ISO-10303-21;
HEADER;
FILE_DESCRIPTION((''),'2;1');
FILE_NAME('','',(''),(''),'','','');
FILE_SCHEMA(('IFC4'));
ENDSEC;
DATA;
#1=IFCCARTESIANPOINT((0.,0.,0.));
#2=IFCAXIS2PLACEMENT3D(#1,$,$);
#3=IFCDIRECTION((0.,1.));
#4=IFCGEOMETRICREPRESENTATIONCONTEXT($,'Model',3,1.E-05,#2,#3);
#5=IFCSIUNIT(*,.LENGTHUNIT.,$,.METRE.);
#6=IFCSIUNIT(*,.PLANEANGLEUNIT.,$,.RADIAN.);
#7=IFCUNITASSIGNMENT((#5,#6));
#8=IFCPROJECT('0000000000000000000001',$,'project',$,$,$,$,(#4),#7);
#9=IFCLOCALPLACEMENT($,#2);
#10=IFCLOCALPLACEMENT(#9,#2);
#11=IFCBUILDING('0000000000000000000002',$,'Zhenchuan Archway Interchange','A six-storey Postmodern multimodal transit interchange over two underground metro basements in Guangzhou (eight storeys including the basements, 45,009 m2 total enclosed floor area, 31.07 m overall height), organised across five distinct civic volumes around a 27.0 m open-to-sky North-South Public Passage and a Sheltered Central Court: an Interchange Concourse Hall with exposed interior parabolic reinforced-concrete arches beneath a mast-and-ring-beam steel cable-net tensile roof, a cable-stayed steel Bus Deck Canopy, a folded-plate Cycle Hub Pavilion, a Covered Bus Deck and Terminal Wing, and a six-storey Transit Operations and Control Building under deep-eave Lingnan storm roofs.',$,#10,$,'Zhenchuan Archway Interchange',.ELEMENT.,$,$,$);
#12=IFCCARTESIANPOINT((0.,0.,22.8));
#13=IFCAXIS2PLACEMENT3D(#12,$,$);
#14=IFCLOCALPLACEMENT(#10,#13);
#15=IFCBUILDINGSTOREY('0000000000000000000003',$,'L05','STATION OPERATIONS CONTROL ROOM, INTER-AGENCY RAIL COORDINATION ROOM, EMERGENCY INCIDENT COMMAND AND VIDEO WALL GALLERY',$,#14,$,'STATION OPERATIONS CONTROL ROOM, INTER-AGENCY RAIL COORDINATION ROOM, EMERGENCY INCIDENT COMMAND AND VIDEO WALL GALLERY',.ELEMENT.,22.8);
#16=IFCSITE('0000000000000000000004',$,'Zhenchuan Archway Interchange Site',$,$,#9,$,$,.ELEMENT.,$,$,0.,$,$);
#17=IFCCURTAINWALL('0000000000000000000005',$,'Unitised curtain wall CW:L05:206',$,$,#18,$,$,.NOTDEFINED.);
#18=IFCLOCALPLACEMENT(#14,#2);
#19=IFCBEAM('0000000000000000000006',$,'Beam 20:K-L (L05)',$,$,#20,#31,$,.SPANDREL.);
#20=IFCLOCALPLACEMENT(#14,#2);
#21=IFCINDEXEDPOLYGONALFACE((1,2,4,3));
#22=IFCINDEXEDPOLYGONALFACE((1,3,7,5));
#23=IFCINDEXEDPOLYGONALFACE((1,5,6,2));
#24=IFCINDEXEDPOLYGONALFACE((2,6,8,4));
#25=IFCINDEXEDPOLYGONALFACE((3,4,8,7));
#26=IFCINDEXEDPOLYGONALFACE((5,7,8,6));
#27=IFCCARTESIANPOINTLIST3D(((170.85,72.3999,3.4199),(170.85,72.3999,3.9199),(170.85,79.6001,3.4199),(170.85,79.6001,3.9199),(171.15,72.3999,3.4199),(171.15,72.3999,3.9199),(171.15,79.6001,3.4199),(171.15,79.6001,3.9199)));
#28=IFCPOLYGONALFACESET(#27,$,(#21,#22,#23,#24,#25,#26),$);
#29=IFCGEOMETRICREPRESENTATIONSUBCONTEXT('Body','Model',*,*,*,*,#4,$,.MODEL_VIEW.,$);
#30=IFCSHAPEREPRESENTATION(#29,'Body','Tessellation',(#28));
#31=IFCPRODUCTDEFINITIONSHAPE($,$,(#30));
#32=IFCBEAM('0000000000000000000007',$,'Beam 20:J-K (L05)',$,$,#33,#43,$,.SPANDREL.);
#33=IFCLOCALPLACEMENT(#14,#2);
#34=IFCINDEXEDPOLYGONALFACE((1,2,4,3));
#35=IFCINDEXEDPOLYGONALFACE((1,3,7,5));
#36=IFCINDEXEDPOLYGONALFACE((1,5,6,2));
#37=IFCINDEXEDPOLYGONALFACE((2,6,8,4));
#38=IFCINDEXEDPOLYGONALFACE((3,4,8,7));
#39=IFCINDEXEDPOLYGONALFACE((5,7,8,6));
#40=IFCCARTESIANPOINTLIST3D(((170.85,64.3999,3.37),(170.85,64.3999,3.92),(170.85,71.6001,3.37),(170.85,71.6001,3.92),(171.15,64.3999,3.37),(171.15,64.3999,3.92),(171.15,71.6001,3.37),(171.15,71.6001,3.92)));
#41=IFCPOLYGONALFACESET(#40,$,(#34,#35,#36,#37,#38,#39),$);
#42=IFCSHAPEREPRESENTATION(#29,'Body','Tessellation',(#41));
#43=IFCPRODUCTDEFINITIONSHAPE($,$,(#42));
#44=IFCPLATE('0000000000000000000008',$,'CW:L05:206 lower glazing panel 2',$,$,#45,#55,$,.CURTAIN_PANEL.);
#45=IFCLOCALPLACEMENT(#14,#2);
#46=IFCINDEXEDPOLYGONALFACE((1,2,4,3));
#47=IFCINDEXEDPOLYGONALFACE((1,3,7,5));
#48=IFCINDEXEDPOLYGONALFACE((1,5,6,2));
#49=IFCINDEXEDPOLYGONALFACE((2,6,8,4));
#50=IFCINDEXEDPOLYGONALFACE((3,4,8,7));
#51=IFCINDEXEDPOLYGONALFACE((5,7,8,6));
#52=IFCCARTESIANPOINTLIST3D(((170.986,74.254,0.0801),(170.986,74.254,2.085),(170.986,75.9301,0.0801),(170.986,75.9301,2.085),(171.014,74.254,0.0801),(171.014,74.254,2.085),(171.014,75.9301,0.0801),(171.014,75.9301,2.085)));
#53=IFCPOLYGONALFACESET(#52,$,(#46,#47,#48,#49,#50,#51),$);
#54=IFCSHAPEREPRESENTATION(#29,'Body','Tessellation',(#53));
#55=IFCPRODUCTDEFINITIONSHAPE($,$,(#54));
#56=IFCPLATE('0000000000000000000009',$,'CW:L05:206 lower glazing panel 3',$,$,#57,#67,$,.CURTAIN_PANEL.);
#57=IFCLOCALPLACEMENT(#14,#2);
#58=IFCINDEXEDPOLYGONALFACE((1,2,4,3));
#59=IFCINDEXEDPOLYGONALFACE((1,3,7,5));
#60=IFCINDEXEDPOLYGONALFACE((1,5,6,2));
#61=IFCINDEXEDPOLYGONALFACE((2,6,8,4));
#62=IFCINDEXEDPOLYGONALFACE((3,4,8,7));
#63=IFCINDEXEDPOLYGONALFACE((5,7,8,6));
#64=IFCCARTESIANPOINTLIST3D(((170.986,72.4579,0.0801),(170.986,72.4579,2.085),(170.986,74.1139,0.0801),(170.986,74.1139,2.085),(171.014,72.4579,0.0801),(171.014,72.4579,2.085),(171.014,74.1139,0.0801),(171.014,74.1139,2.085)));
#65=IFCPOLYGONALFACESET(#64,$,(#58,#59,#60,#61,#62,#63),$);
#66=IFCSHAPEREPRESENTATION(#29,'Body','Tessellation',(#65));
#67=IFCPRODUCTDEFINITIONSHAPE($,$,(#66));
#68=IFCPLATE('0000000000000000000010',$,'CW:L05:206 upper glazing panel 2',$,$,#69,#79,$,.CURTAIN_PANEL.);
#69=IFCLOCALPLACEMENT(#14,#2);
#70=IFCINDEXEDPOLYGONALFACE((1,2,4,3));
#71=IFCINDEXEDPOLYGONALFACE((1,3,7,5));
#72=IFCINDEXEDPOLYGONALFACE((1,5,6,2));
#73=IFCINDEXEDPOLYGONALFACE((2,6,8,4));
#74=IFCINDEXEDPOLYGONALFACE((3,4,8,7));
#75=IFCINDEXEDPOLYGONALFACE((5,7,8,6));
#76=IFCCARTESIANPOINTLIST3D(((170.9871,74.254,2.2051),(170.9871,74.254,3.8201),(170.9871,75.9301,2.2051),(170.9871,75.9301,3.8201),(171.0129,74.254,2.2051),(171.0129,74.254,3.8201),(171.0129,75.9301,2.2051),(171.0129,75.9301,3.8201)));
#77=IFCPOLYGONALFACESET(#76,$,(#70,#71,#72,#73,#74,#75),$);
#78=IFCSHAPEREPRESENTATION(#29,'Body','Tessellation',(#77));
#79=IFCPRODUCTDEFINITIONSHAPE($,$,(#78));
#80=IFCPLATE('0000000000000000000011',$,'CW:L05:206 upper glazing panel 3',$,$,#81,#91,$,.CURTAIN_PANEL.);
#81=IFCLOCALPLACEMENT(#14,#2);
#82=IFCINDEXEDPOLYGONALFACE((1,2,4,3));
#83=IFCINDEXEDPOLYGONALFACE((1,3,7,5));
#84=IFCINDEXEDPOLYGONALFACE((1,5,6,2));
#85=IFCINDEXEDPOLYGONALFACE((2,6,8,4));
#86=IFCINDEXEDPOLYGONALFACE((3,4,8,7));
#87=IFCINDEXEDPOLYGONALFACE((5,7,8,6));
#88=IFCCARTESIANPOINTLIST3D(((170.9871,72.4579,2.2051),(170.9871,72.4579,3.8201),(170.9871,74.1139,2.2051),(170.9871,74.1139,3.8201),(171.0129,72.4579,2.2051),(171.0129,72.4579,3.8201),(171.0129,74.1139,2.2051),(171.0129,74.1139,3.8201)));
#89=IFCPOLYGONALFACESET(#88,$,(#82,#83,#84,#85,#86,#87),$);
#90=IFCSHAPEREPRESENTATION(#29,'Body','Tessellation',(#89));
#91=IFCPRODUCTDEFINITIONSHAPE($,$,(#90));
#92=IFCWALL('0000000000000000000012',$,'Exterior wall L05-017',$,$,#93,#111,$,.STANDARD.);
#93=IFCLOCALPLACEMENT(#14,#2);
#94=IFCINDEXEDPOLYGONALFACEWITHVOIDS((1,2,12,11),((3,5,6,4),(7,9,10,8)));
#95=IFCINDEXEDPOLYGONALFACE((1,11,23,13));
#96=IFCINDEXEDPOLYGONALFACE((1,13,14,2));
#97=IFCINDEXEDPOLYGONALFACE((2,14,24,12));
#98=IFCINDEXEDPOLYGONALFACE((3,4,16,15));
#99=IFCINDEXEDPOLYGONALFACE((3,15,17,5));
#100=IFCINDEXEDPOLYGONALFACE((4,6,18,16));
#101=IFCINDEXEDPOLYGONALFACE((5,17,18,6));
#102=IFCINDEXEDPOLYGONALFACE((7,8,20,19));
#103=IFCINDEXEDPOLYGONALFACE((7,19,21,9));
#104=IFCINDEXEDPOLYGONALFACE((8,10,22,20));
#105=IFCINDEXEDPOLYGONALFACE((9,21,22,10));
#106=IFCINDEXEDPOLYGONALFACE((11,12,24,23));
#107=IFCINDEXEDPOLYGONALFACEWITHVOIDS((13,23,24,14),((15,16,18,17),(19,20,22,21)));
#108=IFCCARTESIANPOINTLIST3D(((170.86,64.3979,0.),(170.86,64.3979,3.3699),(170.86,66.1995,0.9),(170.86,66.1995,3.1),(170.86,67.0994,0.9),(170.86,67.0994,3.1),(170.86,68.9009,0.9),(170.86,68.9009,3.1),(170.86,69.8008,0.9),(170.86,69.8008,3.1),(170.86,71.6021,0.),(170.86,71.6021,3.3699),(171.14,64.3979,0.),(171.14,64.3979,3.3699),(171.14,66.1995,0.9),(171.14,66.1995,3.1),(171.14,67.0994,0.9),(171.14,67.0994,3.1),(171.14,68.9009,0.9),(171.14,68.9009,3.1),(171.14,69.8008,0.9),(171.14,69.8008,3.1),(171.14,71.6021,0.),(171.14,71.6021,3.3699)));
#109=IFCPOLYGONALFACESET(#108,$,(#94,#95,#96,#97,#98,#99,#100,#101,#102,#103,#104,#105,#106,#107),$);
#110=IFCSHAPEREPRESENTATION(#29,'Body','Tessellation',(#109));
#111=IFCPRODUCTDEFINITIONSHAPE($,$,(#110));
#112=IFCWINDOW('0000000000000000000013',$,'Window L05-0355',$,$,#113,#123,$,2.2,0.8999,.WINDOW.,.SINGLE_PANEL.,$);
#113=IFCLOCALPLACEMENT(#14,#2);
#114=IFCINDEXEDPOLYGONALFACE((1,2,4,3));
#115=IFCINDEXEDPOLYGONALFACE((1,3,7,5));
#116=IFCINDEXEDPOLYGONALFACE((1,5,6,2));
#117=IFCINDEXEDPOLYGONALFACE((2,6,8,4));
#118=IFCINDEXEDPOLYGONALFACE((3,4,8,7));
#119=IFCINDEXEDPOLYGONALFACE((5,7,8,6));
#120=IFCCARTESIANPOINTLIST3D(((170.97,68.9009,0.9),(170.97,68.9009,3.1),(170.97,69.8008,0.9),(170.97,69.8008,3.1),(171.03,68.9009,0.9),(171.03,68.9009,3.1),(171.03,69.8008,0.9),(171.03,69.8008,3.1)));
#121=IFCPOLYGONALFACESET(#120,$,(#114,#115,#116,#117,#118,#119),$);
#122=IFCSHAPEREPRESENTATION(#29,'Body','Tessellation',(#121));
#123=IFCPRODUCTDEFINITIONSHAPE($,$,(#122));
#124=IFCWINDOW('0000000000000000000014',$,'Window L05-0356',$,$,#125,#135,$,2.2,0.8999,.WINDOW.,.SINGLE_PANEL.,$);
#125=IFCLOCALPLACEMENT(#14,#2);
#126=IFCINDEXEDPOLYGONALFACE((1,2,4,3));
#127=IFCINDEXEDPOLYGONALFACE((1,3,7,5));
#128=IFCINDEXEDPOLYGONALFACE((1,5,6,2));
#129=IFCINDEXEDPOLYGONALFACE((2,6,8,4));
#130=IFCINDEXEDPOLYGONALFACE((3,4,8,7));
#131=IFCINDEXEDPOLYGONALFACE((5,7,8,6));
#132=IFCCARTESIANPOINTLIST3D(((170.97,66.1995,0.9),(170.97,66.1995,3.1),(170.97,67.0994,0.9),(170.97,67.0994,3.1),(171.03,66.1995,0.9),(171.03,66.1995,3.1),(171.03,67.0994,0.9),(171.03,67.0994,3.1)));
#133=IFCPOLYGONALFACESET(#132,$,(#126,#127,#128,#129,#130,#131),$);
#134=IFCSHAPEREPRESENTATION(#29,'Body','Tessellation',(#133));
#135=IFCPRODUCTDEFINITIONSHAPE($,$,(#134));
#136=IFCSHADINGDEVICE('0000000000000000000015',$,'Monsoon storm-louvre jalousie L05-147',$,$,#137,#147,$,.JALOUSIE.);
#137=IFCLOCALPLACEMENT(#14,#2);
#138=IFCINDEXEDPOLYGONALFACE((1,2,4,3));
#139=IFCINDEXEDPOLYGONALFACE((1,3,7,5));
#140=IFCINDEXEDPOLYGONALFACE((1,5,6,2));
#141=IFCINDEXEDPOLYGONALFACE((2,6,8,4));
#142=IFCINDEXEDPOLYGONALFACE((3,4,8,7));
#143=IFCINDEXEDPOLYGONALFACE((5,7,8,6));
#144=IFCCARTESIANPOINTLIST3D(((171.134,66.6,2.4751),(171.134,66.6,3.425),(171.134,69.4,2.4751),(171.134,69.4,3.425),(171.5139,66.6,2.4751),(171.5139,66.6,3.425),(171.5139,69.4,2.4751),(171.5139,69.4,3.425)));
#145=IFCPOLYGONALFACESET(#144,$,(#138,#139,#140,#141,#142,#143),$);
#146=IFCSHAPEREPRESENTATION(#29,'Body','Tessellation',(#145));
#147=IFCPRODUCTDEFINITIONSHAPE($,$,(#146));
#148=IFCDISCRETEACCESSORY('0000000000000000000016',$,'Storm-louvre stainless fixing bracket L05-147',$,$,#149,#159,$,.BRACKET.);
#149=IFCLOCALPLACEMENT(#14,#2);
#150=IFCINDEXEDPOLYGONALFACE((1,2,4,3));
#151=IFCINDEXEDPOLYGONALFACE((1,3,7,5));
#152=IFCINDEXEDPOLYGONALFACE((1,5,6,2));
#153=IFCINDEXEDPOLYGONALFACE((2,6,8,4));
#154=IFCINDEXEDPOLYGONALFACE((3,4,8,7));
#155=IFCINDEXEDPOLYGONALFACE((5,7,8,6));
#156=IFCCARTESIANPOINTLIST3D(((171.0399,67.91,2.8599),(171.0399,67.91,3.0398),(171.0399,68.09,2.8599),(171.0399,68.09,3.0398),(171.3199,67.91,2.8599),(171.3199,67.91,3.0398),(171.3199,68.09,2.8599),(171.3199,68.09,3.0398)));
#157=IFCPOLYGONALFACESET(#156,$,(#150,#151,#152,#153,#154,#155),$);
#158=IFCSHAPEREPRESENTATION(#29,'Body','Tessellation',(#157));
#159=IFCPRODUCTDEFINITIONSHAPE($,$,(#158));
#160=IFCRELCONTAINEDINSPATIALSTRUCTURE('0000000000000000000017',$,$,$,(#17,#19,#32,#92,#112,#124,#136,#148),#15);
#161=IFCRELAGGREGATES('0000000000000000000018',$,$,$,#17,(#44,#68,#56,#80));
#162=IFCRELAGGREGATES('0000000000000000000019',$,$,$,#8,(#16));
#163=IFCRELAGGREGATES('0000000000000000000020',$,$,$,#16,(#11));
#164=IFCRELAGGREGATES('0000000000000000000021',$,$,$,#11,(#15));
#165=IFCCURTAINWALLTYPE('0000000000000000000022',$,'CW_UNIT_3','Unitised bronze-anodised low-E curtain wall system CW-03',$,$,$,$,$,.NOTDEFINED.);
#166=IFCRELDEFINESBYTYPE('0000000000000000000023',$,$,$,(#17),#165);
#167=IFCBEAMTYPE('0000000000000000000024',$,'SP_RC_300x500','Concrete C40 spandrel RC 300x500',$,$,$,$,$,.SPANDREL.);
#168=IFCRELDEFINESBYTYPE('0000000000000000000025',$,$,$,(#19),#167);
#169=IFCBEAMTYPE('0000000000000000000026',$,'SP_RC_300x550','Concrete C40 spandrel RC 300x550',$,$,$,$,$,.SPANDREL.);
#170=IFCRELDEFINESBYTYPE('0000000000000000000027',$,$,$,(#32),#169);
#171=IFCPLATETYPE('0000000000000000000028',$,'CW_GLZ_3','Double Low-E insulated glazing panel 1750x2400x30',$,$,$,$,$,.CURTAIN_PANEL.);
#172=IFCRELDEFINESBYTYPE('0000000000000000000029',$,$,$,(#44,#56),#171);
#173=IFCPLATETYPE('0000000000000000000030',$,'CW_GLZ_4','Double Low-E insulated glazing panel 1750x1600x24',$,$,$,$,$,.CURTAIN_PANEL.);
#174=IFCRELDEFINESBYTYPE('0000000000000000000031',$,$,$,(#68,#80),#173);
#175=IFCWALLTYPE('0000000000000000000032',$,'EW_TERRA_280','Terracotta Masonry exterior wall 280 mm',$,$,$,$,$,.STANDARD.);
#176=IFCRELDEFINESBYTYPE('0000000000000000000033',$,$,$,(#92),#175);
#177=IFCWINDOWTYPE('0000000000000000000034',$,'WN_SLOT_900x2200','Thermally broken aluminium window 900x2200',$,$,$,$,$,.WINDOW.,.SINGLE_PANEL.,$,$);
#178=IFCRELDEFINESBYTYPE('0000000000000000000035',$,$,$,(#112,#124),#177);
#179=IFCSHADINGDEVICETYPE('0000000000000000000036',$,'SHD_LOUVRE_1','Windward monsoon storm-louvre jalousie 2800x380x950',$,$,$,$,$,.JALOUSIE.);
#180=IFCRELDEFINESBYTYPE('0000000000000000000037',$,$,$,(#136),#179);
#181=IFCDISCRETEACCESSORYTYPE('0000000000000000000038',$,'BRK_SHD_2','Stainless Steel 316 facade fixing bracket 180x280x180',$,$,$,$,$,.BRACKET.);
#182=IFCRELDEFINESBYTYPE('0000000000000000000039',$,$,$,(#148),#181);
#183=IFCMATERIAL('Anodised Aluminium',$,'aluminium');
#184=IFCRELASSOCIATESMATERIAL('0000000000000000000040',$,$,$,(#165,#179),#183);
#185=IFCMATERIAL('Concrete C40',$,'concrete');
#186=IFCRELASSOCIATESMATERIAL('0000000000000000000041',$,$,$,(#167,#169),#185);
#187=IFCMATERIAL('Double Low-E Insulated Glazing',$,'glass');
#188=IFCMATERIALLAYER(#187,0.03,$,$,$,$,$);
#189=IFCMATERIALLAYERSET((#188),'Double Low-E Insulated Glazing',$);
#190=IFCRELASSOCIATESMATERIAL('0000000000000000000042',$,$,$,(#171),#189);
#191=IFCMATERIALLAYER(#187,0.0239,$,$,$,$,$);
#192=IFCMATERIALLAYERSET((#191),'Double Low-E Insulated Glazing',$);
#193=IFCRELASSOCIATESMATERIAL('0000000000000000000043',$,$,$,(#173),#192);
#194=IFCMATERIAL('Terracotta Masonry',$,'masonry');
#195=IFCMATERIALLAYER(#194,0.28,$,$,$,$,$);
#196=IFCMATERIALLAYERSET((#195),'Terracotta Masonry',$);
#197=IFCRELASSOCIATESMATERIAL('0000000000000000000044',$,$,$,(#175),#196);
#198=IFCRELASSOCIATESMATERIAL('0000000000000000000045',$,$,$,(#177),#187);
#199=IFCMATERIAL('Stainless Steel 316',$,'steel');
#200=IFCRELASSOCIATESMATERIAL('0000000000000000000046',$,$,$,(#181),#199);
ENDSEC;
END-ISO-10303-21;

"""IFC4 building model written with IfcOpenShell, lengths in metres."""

from ifc_helpers import new_model, si_unit, direction, frame, frame_2d, origin, origin_2d, place, context, subcontext, project, spatial, rectangle, extrude, material, layer, layer_set, material_profile, profile_set, type_object, element, fill, aggregate, save


model = new_model("IFC4")

# Units and contexts
model_context = context("Model", 3, precision=1e-05, world=origin(), true_north=direction((0.0, 1.0)))
body_context = subcontext(model_context, "Body", "Model", "MODEL_VIEW")
ifc_project = project(units=[si_unit("LENGTHUNIT", "METRE"), si_unit("PLANEANGLEUNIT", "RADIAN")], contexts=[model_context])

# Site, building, storey
site_placement = place(None, origin())
site = spatial("IfcSite", under=ifc_project, at=site_placement, Name="Zhenchuan Archway Interchange Site", CompositionType="ELEMENT", RefElevation=0.0)
building_placement = place(site_placement, origin())
building = spatial("IfcBuilding", under=site, at=building_placement, Name="Zhenchuan Archway Interchange", Description="A six-storey Postmodern multimodal transit interchange over two underground metro basements in Guangzhou (eight storeys including the basements, 45,009 m2 total enclosed floor area, 31.07 m overall height), organised across five distinct civic volumes around a 27.0 m open-to-sky North-South Public Passage and a Sheltered Central Court: an Interchange Concourse Hall with exposed interior parabolic reinforced-concrete arches beneath a mast-and-ring-beam steel cable-net tensile roof, a cable-stayed steel Bus Deck Canopy, a folded-plate Cycle Hub Pavilion, a Covered Bus Deck and Terminal Wing, and a six-storey Transit Operations and Control Building under deep-eave Lingnan storm roofs.", LongName="Zhenchuan Archway Interchange", CompositionType="ELEMENT")
storey_placement = place(building_placement, frame((0.0, 0.0, 22.8)))
storey = spatial("IfcBuildingStorey", under=building, at=storey_placement, Name="L05", Description="STATION OPERATIONS CONTROL ROOM, INTER-AGENCY RAIL COORDINATION ROOM, EMERGENCY INCIDENT COMMAND AND VIDEO WALL GALLERY", LongName="STATION OPERATIONS CONTROL ROOM, INTER-AGENCY RAIL COORDINATION ROOM, EMERGENCY INCIDENT COMMAND AND VIDEO WALL GALLERY", CompositionType="ELEMENT", Elevation=22.8)

# Shared definitions
ifc_material_1 = material(Name="Concrete C40", Category="concrete")

# Curtain wall
ifc_material_2 = material(Name="Anodised Aluminium", Category="aluminium")
curtain_wall_type = type_object("IfcCurtainWallType", Name="CW_UNIT_3", Description="Unitised bronze-anodised low-E curtain wall system CW-03", PredefinedType="NOTDEFINED", material=ifc_material_2)
curtain_wall_placement = place(storey_placement, origin())
curtain_wall = element("IfcCurtainWall", 1, at=curtain_wall_placement, inside=storey, type_object=curtain_wall_type, Name="Unitised curtain wall CW:L05:206", PredefinedType="NOTDEFINED")

# Beams
ifc_material_profile_1 = material_profile(ifc_material_1, rectangle(XDim=0.3, YDim=0.5, at=origin_2d()), Name="RC 300x500")
ifc_profile_set_1 = profile_set([ifc_material_profile_1], Name="Concrete C40")
beam_type_1 = type_object("IfcBeamType", Name="SP_RC_300x500", Description="Concrete C40 spandrel RC 300x500", PredefinedType="SPANDREL", material=ifc_profile_set_1)
beam_1_placement = place(storey_placement, frame((171.0, 72.3999, 3.6699), z_axis=(0.0, 1.0, 0.0), x_axis=(-1.0, 0.0, 0.0)))
element("IfcBeam", 2, at=beam_1_placement, inside=storey, type_object=beam_type_1, Name="Beam 20:K-L (L05)", PredefinedType="SPANDREL", context=body_context, shape_type="SweptSolid", body=[
    extrude(rectangle(XDim=0.3, YDim=0.5, at=origin_2d()), origin(), (0.0, 0.0, 1.0), 7.2002),
])
ifc_material_profile_2 = material_profile(ifc_material_1, rectangle(XDim=0.3, YDim=0.55, at=origin_2d()), Name="RC 300x550")
ifc_profile_set_2 = profile_set([ifc_material_profile_2], Name="Concrete C40")
beam_type_2 = type_object("IfcBeamType", Name="SP_RC_300x550", Description="Concrete C40 spandrel RC 300x550", PredefinedType="SPANDREL", material=ifc_profile_set_2)
beam_2_placement = place(storey_placement, frame((171.0, 64.3999, 3.645), z_axis=(0.0, 1.0, 0.0), x_axis=(-1.0, 0.0, 0.0)))
element("IfcBeam", 3, at=beam_2_placement, inside=storey, type_object=beam_type_2, Name="Beam 20:J-K (L05)", PredefinedType="SPANDREL", context=body_context, shape_type="SweptSolid", body=[
    extrude(rectangle(XDim=0.3, YDim=0.55, at=origin_2d()), origin(), (0.0, 0.0, 1.0), 7.2002),
])

# Plates
ifc_material_3 = material(Name="Double Low-E Insulated Glazing", Category="glass")
ifc_layer_1 = layer(ifc_material_3, 0.03)
ifc_layer_set_1 = layer_set([ifc_layer_1], Name="Double Low-E Insulated Glazing")
plate_type_1 = type_object("IfcPlateType", Name="CW_GLZ_3", Description="Double Low-E insulated glazing panel 1750x2400x30", PredefinedType="CURTAIN_PANEL", material=ifc_layer_set_1)
plate_1_placement = place(storey_placement, frame((171.0, 75.092, 0.0801), z_axis=(0.0, 0.0, 1.0), x_axis=(0.0, -1.0, 0.0)))
plate_1 = element("IfcPlate", 4, at=plate_1_placement, type_object=plate_type_1, Name="CW:L05:206 lower glazing panel 2", PredefinedType="CURTAIN_PANEL", context=body_context, shape_type="SweptSolid", body=[
    extrude(rectangle(XDim=1.676, YDim=0.0281, at=origin_2d()), origin(), (0.0, 0.0, 1.0), 2.0049),
])
plate_2_placement = place(storey_placement, frame((171.0, 73.2859, 0.0801), z_axis=(0.0, 0.0, 1.0), x_axis=(0.0, -1.0, 0.0)))
plate_2 = element("IfcPlate", 5, at=plate_2_placement, type_object=plate_type_1, Name="CW:L05:206 lower glazing panel 3", PredefinedType="CURTAIN_PANEL", context=body_context, shape_type="SweptSolid", body=[
    extrude(rectangle(XDim=1.656, YDim=0.0281, at=origin_2d()), origin(), (0.0, 0.0, 1.0), 2.0049),
])
ifc_layer_2 = layer(ifc_material_3, 0.0239)
ifc_layer_set_2 = layer_set([ifc_layer_2], Name="Double Low-E Insulated Glazing")
plate_type_2 = type_object("IfcPlateType", Name="CW_GLZ_4", Description="Double Low-E insulated glazing panel 1750x1600x24", PredefinedType="CURTAIN_PANEL", material=ifc_layer_set_2)
plate_3_placement = place(storey_placement, frame((171.0, 75.092, 2.2051), z_axis=(0.0, 0.0, 1.0), x_axis=(0.0, -1.0, 0.0)))
plate_3 = element("IfcPlate", 6, at=plate_3_placement, type_object=plate_type_2, Name="CW:L05:206 upper glazing panel 2", PredefinedType="CURTAIN_PANEL", context=body_context, shape_type="SweptSolid", body=[
    extrude(rectangle(XDim=1.676, YDim=0.0259, at=origin_2d()), origin(), (0.0, 0.0, 1.0), 1.615),
])
plate_4_placement = place(storey_placement, frame((171.0, 73.2859, 2.2051), z_axis=(0.0, 0.0, 1.0), x_axis=(0.0, -1.0, 0.0)))
plate_4 = element("IfcPlate", 7, at=plate_4_placement, type_object=plate_type_2, Name="CW:L05:206 upper glazing panel 3", PredefinedType="CURTAIN_PANEL", context=body_context, shape_type="SweptSolid", body=[
    extrude(rectangle(XDim=1.656, YDim=0.0259, at=origin_2d()), origin(), (0.0, 0.0, 1.0), 1.615),
])
aggregate(curtain_wall, [plate_1, plate_3, plate_2, plate_4])

# Wall, openings, windows
ifc_material_4 = material(Name="Terracotta Masonry", Category="masonry")
ifc_layer_3 = layer(ifc_material_4, 0.28)
ifc_layer_set_3 = layer_set([ifc_layer_3], Name="Terracotta Masonry")
wall_type = type_object("IfcWallType", Name="EW_TERRA_280", Description="Terracotta Masonry exterior wall 280 mm", PredefinedType="STANDARD", material=ifc_layer_set_3)
wall_placement = place(storey_placement, frame((171.0, 71.6021, 0.0), z_axis=(0.0, 0.0, 1.0), x_axis=(0.0, -1.0, 0.0)))
wall = element("IfcWall", 8, at=wall_placement, inside=storey, type_object=wall_type, Name="Exterior wall L05-017", PredefinedType="STANDARD", context=body_context, shape_type="SweptSolid", body=[
    extrude(rectangle(XDim=7.2041, YDim=0.28, at=frame_2d((3.6021, 0.0))), origin(), (0.0, 0.0, 1.0), 3.3699),
])
opening_1_placement = place(wall_placement, frame((1.8013, 0.0, 0.8999)))
opening_1 = element("IfcOpeningElement", 9, at=opening_1_placement, cuts=wall, PredefinedType="OPENING", context=body_context, shape_type="SweptSolid", body=[
    extrude(rectangle(XDim=0.8999, YDim=2.2, at=frame_2d((0.45, 1.1001))), frame((0.0, 0.1519, 0.0), z_axis=(0.0, -1.0, 0.0), x_axis=(1.0, 0.0, 0.0)), (0.0, 0.0, 1.0), 0.304),
])
opening_2_placement = place(wall_placement, frame((4.5027, 0.0, 0.8999)))
opening_2 = element("IfcOpeningElement", 10, at=opening_2_placement, cuts=wall, PredefinedType="OPENING", context=body_context, shape_type="SweptSolid", body=[
    extrude(rectangle(XDim=0.8999, YDim=2.2, at=frame_2d((0.45, 1.1001))), frame((0.0, 0.1519, 0.0), z_axis=(0.0, -1.0, 0.0), x_axis=(1.0, 0.0, 0.0)), (0.0, 0.0, 1.0), 0.304),
])
window_type = type_object("IfcWindowType", Name="WN_SLOT_900x2200", Description="Thermally broken aluminium window 900x2200", PartitioningType="SINGLE_PANEL", PredefinedType="WINDOW", material=ifc_material_3)
window_1_placement = place(opening_1_placement, origin())
window_1 = element("IfcWindow", 11, at=window_1_placement, inside=storey, type_object=window_type, Name="Window L05-0355", OverallHeight=2.2, OverallWidth=0.8999, PartitioningType="SINGLE_PANEL", PredefinedType="WINDOW", context=body_context, shape_type="SweptSolid", body=[
    extrude(rectangle(XDim=0.8999, YDim=2.2, at=frame_2d((0.45, 1.1001))), frame((0.0, 0.03, 0.0), z_axis=(0.0, -1.0, 0.0), x_axis=(1.0, 0.0, 0.0)), (0.0, 0.0, 1.0), 0.0601),
])
fill(opening_1, window_1)
window_2_placement = place(opening_2_placement, origin())
window_2 = element("IfcWindow", 12, at=window_2_placement, inside=storey, type_object=window_type, Name="Window L05-0356", OverallHeight=2.2, OverallWidth=0.8999, PartitioningType="SINGLE_PANEL", PredefinedType="WINDOW", context=body_context, shape_type="SweptSolid", body=[
    extrude(rectangle(XDim=0.8999, YDim=2.2, at=frame_2d((0.45, 1.1001))), frame((0.0, 0.03, 0.0), z_axis=(0.0, -1.0, 0.0), x_axis=(1.0, 0.0, 0.0)), (0.0, 0.0, 1.0), 0.0601),
])
fill(opening_2, window_2)

# Shading device
shading_device_type = type_object("IfcShadingDeviceType", Name="SHD_LOUVRE_1", Description="Windward monsoon storm-louvre jalousie 2800x380x950", PredefinedType="JALOUSIE", material=ifc_material_2)
shading_device_placement = place(storey_placement, frame((171.324, 68.0, 2.4751), z_axis=(0.0, 0.0, 1.0), x_axis=(0.0, -1.0, 0.0)))
element("IfcShadingDevice", 13, at=shading_device_placement, inside=storey, type_object=shading_device_type, Name="Monsoon storm-louvre jalousie L05-147", PredefinedType="JALOUSIE", context=body_context, shape_type="SweptSolid", body=[
    extrude(rectangle(XDim=2.8, YDim=0.3799, at=origin_2d()), origin(), (0.0, 0.0, 1.0), 0.95),
])

# Discrete accessory
ifc_material_5 = material(Name="Stainless Steel 316", Category="steel")
discrete_accessory_type = type_object("IfcDiscreteAccessoryType", Name="BRK_SHD_2", Description="Stainless Steel 316 facade fixing bracket 180x280x180", PredefinedType="BRACKET", material=ifc_material_5)
discrete_accessory_placement = place(storey_placement, frame((171.1799, 68.0, 2.8599), z_axis=(0.0, 0.0, 1.0), x_axis=(0.0, -1.0, 0.0)))
element("IfcDiscreteAccessory", 14, at=discrete_accessory_placement, inside=storey, type_object=discrete_accessory_type, Name="Storm-louvre stainless fixing bracket L05-147", PredefinedType="BRACKET", context=body_context, shape_type="SweptSolid", body=[
    extrude(rectangle(XDim=0.1799, YDim=0.28, at=origin_2d()), origin(), (0.0, 0.0, 1.0), 0.1799),
])

save(model, "model.ifc")
